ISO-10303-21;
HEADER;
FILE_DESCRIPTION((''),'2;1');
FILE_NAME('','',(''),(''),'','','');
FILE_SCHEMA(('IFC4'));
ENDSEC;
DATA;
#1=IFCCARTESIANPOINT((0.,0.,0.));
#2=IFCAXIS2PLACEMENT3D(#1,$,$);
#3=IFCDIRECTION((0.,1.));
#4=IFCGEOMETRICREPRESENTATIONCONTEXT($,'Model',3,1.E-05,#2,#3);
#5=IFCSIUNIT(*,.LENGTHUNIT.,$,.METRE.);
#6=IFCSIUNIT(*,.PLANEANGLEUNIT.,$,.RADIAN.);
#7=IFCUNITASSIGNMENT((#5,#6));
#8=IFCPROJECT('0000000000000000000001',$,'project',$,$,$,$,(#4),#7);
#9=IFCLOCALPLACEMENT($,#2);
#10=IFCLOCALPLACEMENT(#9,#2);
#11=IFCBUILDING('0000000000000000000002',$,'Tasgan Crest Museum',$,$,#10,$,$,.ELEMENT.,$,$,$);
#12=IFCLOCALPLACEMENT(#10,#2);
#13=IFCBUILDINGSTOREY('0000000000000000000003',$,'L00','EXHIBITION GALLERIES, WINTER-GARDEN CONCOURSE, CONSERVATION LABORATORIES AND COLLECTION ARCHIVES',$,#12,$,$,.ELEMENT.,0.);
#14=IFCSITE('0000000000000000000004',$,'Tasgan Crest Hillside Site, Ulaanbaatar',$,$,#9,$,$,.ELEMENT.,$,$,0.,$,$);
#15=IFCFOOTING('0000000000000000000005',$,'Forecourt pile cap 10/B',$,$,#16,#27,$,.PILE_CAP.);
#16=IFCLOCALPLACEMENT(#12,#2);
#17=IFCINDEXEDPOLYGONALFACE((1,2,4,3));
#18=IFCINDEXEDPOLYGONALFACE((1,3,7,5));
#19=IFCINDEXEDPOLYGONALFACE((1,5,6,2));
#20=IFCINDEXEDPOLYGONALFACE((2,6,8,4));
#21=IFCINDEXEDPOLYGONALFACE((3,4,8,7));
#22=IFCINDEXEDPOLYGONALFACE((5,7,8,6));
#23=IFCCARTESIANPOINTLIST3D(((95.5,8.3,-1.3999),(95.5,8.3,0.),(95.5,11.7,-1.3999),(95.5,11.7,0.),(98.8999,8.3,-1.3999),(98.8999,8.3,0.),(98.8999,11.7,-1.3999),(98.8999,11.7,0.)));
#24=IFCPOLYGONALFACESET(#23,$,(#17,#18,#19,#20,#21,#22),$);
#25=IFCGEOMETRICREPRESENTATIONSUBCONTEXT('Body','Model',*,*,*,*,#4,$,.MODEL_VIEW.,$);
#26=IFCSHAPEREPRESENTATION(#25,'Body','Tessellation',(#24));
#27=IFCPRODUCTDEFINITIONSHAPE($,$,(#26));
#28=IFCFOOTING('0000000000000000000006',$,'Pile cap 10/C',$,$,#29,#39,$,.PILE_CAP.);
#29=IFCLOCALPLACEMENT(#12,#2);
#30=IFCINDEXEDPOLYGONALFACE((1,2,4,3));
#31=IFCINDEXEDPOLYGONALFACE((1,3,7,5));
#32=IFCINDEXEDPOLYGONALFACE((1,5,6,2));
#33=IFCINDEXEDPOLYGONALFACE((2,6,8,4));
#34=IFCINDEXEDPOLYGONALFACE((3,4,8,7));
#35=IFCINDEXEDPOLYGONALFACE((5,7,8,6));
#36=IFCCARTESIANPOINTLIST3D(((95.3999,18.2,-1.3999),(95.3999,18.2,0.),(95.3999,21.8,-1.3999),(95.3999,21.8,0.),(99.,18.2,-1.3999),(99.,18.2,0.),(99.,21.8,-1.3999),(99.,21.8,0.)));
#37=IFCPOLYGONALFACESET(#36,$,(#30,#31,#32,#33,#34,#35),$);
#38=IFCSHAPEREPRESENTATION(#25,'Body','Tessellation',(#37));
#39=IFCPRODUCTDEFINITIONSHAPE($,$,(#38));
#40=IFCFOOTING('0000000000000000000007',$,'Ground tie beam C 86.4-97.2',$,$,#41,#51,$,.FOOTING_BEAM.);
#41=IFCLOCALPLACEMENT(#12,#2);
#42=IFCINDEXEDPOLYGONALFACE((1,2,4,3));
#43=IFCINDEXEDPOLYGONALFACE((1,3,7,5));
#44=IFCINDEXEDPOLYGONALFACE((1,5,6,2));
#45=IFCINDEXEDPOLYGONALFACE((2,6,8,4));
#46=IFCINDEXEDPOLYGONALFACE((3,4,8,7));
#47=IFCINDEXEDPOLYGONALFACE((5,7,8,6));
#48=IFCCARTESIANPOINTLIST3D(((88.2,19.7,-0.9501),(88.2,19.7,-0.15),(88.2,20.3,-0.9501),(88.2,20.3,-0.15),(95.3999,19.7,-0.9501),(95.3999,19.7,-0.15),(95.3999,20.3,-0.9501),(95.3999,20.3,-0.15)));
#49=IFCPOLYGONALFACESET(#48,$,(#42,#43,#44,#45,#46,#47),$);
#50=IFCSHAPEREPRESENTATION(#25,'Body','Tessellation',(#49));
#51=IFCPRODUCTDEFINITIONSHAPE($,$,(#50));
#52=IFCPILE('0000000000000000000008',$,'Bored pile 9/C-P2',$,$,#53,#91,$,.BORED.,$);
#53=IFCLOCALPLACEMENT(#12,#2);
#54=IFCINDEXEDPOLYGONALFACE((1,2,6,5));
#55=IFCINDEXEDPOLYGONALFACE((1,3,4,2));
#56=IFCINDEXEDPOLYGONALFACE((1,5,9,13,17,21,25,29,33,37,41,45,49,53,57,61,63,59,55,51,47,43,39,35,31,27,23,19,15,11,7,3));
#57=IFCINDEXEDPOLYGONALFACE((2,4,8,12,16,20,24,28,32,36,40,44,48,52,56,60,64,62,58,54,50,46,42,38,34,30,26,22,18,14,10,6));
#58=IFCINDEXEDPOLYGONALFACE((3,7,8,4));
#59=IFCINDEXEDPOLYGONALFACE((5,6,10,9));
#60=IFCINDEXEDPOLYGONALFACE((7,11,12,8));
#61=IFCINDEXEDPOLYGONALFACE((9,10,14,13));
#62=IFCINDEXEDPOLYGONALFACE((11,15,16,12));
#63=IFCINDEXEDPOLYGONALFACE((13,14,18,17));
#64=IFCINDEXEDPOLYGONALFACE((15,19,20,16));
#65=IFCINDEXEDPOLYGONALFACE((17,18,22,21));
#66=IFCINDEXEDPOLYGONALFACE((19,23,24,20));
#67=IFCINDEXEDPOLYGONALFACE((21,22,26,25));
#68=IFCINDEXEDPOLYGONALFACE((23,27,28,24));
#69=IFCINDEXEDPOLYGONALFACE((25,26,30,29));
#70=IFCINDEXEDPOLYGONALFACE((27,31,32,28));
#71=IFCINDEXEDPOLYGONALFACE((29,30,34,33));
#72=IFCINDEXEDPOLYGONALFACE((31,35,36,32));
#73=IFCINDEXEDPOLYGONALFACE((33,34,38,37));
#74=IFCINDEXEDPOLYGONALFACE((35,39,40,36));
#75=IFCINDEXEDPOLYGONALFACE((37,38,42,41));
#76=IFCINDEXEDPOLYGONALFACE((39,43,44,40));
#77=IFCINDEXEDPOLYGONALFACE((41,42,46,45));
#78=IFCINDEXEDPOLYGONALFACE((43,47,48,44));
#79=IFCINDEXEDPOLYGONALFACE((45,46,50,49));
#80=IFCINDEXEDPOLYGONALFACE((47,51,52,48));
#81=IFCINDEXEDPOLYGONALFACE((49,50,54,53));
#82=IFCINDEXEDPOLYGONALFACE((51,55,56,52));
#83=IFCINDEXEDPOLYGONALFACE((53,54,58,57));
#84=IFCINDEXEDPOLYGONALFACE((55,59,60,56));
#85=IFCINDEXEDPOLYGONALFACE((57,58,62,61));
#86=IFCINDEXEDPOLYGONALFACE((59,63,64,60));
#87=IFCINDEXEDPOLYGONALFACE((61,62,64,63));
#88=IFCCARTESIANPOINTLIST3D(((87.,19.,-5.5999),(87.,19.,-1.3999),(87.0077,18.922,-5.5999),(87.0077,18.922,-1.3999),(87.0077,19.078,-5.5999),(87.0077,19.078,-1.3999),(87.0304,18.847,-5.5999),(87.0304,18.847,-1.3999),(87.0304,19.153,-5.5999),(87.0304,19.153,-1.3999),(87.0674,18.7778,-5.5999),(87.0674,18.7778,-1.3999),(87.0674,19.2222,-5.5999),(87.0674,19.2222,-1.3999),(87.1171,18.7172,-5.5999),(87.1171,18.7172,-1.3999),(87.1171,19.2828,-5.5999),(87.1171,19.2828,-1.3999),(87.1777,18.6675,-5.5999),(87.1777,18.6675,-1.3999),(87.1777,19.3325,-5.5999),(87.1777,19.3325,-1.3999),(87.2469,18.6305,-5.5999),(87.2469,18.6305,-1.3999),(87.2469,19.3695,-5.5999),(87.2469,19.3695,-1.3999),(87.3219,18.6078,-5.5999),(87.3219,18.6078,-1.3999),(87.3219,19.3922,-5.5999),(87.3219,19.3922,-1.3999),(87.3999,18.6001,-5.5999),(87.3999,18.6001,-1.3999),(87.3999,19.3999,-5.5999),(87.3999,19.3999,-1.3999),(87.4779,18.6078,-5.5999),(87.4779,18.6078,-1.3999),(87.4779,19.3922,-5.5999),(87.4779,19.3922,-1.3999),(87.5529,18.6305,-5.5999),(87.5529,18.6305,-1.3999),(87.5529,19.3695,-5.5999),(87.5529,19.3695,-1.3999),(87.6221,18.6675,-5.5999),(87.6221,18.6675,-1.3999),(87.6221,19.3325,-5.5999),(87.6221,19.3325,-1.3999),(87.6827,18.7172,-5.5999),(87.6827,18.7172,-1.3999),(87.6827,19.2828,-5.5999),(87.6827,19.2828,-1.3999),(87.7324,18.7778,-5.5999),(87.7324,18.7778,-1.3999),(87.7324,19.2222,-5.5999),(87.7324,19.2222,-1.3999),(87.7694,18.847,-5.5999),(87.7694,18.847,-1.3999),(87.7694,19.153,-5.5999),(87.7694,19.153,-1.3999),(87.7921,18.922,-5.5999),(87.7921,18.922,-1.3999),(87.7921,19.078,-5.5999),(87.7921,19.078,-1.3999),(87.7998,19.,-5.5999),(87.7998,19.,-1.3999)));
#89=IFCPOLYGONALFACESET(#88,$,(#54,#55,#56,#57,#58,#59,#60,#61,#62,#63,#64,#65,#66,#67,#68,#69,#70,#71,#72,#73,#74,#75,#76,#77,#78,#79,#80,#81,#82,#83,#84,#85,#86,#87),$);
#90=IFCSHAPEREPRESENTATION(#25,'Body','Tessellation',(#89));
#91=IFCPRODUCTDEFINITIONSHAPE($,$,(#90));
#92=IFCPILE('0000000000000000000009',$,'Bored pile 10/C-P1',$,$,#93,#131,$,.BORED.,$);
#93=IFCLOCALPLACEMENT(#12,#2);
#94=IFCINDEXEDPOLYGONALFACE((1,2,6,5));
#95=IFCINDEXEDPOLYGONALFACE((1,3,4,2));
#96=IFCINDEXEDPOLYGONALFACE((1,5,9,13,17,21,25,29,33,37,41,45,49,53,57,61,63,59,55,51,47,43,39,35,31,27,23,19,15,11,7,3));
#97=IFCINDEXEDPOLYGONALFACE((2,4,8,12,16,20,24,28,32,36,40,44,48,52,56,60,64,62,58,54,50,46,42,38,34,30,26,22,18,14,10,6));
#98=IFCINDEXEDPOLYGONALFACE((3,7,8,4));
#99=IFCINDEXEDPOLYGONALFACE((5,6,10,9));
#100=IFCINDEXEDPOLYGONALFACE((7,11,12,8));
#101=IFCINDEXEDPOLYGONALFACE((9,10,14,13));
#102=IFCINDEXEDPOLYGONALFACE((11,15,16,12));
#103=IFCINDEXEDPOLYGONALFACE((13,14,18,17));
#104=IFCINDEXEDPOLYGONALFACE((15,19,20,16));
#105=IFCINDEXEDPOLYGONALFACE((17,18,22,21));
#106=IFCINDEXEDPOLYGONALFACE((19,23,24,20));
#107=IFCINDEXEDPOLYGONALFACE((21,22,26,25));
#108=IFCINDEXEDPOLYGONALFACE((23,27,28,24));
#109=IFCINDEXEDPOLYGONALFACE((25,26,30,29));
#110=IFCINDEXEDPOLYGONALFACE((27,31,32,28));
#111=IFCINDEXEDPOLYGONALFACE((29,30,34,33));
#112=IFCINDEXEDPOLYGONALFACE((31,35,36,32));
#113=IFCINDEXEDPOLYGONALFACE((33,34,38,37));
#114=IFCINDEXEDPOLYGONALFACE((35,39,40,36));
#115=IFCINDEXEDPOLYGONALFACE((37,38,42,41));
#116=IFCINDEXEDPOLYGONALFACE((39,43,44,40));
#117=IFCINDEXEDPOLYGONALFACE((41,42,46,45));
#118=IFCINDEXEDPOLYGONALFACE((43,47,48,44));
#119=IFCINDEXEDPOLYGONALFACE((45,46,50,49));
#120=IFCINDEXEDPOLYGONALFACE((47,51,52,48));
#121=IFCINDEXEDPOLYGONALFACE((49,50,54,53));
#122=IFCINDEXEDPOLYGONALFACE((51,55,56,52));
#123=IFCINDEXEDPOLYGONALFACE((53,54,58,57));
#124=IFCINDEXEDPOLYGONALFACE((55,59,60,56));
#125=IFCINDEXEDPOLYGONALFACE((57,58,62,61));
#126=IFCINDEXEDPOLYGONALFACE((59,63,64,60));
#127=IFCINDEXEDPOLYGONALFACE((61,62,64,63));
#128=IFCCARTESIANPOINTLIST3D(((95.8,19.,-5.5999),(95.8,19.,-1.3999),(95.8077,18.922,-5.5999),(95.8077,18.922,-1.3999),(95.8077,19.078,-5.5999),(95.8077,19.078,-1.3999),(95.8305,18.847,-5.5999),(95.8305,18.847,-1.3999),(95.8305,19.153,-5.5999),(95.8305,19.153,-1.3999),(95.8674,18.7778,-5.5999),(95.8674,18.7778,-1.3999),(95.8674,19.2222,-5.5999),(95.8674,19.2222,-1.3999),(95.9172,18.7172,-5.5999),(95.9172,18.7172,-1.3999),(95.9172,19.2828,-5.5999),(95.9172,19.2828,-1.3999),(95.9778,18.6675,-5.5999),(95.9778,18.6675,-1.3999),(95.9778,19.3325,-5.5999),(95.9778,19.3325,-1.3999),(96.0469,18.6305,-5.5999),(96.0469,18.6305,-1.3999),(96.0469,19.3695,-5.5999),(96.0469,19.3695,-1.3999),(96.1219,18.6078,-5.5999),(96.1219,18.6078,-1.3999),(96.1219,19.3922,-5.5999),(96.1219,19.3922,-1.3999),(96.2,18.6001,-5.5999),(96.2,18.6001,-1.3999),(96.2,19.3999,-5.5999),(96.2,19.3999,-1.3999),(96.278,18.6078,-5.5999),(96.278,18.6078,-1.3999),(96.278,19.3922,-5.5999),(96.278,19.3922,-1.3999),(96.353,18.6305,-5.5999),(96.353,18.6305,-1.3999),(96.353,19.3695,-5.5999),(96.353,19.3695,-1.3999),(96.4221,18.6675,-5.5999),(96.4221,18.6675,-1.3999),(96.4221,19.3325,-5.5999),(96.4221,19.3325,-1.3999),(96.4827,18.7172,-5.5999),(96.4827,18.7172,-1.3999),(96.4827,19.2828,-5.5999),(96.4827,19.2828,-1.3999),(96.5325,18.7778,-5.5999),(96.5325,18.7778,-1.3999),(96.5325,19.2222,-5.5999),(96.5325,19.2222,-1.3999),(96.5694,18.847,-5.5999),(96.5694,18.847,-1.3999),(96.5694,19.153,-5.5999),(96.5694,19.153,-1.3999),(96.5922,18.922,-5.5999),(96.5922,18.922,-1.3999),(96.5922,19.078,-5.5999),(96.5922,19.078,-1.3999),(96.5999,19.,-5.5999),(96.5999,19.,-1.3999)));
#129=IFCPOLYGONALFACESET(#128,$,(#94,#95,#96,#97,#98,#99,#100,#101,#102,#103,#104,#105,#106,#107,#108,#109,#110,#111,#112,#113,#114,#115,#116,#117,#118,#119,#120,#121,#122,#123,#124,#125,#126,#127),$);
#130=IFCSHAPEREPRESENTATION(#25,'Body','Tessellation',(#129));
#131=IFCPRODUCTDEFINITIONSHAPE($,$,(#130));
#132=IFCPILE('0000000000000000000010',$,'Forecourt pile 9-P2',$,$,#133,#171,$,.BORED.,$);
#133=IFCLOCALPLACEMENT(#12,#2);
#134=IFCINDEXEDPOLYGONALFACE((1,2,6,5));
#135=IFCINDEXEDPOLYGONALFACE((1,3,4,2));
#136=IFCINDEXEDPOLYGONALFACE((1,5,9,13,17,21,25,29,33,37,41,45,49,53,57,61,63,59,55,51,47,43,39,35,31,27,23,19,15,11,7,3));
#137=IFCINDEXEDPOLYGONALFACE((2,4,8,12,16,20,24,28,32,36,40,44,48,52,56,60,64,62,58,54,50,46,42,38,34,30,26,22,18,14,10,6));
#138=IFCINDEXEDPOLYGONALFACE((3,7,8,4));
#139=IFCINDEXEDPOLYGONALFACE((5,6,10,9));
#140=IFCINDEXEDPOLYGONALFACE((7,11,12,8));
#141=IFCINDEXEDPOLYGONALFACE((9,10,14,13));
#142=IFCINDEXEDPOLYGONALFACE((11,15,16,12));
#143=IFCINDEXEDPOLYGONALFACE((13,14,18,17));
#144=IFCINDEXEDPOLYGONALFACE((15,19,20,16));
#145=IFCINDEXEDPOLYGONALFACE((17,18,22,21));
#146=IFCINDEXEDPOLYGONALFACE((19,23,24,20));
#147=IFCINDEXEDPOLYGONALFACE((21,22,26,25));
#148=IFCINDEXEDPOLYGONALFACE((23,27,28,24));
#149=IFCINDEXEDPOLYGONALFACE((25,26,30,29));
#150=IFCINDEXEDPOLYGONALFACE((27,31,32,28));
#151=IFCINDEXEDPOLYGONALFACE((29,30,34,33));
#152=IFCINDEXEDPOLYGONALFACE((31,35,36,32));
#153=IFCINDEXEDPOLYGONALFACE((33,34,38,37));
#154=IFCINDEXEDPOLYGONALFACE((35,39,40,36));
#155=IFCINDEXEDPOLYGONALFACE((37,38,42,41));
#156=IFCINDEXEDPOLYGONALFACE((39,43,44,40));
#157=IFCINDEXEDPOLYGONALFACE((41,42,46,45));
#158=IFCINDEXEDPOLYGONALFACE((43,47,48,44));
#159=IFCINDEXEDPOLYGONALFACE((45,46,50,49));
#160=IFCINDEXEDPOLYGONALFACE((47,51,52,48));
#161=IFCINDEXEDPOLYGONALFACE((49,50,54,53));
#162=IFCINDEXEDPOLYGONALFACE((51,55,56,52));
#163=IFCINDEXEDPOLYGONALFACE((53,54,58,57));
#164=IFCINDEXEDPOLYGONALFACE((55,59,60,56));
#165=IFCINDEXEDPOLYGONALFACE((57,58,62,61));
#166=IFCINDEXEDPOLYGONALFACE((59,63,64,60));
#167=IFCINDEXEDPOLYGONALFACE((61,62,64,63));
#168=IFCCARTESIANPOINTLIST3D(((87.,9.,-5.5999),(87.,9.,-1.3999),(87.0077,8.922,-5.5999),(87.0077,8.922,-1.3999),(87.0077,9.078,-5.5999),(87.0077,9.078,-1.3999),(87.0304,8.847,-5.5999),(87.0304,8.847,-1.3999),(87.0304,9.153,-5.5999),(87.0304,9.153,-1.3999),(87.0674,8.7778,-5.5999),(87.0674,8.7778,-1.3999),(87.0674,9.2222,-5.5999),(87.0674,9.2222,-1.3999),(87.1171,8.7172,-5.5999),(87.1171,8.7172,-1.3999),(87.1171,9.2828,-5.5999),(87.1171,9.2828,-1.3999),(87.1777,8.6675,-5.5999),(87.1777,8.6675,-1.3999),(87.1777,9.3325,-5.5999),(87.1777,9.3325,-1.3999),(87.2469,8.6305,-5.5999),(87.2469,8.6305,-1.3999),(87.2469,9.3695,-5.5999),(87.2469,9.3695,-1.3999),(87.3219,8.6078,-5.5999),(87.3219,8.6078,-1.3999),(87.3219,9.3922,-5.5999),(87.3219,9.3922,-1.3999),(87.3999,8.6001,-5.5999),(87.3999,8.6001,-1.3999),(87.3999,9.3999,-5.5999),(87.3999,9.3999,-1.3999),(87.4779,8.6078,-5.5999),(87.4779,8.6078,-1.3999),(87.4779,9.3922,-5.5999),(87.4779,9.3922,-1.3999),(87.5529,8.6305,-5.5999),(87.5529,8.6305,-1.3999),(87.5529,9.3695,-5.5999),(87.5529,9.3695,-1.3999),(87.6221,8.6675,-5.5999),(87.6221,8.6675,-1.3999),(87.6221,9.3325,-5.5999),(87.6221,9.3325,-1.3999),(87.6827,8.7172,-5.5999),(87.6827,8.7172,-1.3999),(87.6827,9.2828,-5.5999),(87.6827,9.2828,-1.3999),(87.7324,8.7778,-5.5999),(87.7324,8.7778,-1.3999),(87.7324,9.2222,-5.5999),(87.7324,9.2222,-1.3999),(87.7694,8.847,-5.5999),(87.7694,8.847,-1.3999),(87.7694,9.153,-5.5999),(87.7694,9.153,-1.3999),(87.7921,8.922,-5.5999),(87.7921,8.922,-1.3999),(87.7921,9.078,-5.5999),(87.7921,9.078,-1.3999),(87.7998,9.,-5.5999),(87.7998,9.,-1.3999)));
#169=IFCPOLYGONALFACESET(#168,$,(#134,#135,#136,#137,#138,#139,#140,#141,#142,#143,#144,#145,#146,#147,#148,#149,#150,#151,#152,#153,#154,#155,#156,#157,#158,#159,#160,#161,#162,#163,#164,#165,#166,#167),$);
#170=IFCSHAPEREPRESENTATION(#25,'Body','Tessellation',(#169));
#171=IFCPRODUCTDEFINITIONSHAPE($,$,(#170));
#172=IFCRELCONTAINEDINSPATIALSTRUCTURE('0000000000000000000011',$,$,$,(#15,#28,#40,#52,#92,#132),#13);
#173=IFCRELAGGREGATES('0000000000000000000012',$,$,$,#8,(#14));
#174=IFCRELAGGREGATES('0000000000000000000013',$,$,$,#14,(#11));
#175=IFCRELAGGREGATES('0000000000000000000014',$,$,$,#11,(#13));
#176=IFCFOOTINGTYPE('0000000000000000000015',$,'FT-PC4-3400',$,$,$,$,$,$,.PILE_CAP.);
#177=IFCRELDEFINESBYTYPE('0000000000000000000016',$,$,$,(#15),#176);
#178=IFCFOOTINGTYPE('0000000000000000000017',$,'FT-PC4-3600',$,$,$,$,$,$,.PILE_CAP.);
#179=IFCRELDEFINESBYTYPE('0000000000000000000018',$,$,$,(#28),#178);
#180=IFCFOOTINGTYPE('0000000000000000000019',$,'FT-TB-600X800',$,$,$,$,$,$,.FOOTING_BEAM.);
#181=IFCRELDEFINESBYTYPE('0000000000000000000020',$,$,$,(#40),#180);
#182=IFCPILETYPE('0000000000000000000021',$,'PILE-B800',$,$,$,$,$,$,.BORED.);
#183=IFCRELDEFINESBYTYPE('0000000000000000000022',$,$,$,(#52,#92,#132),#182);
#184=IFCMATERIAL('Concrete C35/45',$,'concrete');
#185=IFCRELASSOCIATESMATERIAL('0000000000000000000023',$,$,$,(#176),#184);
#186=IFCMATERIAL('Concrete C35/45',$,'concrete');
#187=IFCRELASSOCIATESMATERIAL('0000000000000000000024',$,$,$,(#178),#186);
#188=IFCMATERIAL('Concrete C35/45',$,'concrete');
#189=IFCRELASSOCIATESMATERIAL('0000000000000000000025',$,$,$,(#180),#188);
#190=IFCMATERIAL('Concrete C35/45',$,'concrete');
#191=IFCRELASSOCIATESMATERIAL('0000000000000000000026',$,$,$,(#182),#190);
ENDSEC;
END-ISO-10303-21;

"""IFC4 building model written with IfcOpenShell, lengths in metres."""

from ifc_helpers import new_model, si_unit, direction, frame, origin, origin_2d, place, context, subcontext, project, spatial, rectangle, circle, extrude, material, material_profile, profile_set, type_object, element, save


model = new_model("IFC4")

# Units and contexts
model_context = context("Model", 3, precision=1e-05, world=origin(), true_north=direction((0.0, 1.0)))
body_context = subcontext(model_context, "Body", "Model", "MODEL_VIEW")
ifc_project = project(units=[si_unit("LENGTHUNIT", "METRE"), si_unit("PLANEANGLEUNIT", "RADIAN")], contexts=[model_context])

# Site, building, storey
site_placement = place(None, origin())
site = spatial("IfcSite", under=ifc_project, at=site_placement, Name="Tasgan Crest Hillside Site, Ulaanbaatar", CompositionType="ELEMENT", RefElevation=0.0)
building_placement = place(site_placement, origin())
building = spatial("IfcBuilding", under=site, at=building_placement, Name="Tasgan Crest Museum", CompositionType="ELEMENT")
storey_placement = place(building_placement, origin())
storey = spatial("IfcBuildingStorey", under=building, at=storey_placement, Name="L00", Description="EXHIBITION GALLERIES, WINTER-GARDEN CONCOURSE, CONSERVATION LABORATORIES AND COLLECTION ARCHIVES", CompositionType="ELEMENT", Elevation=0.0)

# Footings
ifc_material_1 = material(Name="Concrete C35/45", Category="concrete")
footing_type_1 = type_object("IfcFootingType", Name="FT-PC4-3400", PredefinedType="PILE_CAP", material=ifc_material_1)
footing_1_placement = place(storey_placement, frame((97.2, 10.0, -1.3999), z_axis=(0.0, 0.0, 1.0), x_axis=(1.0, 0.0, 0.0)))
element("IfcFooting", 1, at=footing_1_placement, inside=storey, type_object=footing_type_1, Name="Forecourt pile cap 10/B", PredefinedType="PILE_CAP", context=body_context, shape_type="SweptSolid", body=[
    extrude(rectangle(XDim=3.3999, YDim=3.3999, at=origin_2d()), origin(), (0.0, 0.0, 1.0), 1.3999),
])
ifc_material_2 = material(Name="Concrete C35/45", Category="concrete")
footing_type_2 = type_object("IfcFootingType", Name="FT-PC4-3600", PredefinedType="PILE_CAP", material=ifc_material_2)
footing_2_placement = place(storey_placement, frame((97.2, 20.0, -1.3999), z_axis=(0.0, 0.0, 1.0), x_axis=(1.0, 0.0, 0.0)))
element("IfcFooting", 2, at=footing_2_placement, inside=storey, type_object=footing_type_2, Name="Pile cap 10/C", PredefinedType="PILE_CAP", context=body_context, shape_type="SweptSolid", body=[
    extrude(rectangle(XDim=3.6001, YDim=3.6001, at=origin_2d()), origin(), (0.0, 0.0, 1.0), 1.3999),
])
ifc_material_3 = material(Name="Concrete C35/45", Category="concrete")
ifc_material_profile_1 = material_profile(ifc_material_3, rectangle(XDim=0.6001, YDim=0.8, at=origin_2d()), Name="TB 600x800")
ifc_profile_set_1 = profile_set([ifc_material_profile_1], Name="Concrete C35/45")
footing_type_3 = type_object("IfcFootingType", Name="FT-TB-600X800", PredefinedType="FOOTING_BEAM", material=ifc_profile_set_1)
footing_3_placement = place(storey_placement, frame((88.2, 20.0, -0.55), z_axis=(1.0, 0.0, 0.0), x_axis=(0.0, 1.0, 0.0)))
element("IfcFooting", 3, at=footing_3_placement, inside=storey, type_object=footing_type_3, Name="Ground tie beam C 86.4-97.2", PredefinedType="FOOTING_BEAM", context=body_context, shape_type="SweptSolid", body=[
    extrude(rectangle(XDim=0.6001, YDim=0.8, at=origin_2d()), origin(), (0.0, 0.0, 1.0), 7.2),
])

# Piles
ifc_material_4 = material(Name="Concrete C35/45", Category="concrete")
ifc_material_profile_2 = material_profile(ifc_material_4, circle(Radius=0.3999, at=origin_2d()), Name="PILE D800")
ifc_profile_set_2 = profile_set([ifc_material_profile_2], Name="Concrete C35/45")
pile_type = type_object("IfcPileType", Name="PILE-B800", PredefinedType="BORED", material=ifc_profile_set_2)
for number, where, z_axis, x_axis, name in (
    (4, (87.3999, 19.0, -1.3999), (0.0, 0.0, -1.0), (1.0, 0.0, 0.0), "Bored pile 9/C-P2"),
    (5, (96.2, 19.0, -1.3999), (0.0, 0.0, -1.0), (1.0, 0.0, 0.0), "Bored pile 10/C-P1"),
    (6, (87.3999, 9.0, -1.3999), (0.0, 0.0, -1.0), (1.0, 0.0, 0.0), "Forecourt pile 9-P2"),
):
    element("IfcPile", number, at=place(storey_placement, frame(where, z_axis=z_axis, x_axis=x_axis)), inside=storey, type_object=pile_type, Name=name, PredefinedType="BORED", context=body_context, shape_type="SweptSolid", body=[
        extrude(circle(Radius=0.3999, at=origin_2d()), origin(), (0.0, 0.0, 1.0), 4.2),
    ])

save(model, "model.ifc")
